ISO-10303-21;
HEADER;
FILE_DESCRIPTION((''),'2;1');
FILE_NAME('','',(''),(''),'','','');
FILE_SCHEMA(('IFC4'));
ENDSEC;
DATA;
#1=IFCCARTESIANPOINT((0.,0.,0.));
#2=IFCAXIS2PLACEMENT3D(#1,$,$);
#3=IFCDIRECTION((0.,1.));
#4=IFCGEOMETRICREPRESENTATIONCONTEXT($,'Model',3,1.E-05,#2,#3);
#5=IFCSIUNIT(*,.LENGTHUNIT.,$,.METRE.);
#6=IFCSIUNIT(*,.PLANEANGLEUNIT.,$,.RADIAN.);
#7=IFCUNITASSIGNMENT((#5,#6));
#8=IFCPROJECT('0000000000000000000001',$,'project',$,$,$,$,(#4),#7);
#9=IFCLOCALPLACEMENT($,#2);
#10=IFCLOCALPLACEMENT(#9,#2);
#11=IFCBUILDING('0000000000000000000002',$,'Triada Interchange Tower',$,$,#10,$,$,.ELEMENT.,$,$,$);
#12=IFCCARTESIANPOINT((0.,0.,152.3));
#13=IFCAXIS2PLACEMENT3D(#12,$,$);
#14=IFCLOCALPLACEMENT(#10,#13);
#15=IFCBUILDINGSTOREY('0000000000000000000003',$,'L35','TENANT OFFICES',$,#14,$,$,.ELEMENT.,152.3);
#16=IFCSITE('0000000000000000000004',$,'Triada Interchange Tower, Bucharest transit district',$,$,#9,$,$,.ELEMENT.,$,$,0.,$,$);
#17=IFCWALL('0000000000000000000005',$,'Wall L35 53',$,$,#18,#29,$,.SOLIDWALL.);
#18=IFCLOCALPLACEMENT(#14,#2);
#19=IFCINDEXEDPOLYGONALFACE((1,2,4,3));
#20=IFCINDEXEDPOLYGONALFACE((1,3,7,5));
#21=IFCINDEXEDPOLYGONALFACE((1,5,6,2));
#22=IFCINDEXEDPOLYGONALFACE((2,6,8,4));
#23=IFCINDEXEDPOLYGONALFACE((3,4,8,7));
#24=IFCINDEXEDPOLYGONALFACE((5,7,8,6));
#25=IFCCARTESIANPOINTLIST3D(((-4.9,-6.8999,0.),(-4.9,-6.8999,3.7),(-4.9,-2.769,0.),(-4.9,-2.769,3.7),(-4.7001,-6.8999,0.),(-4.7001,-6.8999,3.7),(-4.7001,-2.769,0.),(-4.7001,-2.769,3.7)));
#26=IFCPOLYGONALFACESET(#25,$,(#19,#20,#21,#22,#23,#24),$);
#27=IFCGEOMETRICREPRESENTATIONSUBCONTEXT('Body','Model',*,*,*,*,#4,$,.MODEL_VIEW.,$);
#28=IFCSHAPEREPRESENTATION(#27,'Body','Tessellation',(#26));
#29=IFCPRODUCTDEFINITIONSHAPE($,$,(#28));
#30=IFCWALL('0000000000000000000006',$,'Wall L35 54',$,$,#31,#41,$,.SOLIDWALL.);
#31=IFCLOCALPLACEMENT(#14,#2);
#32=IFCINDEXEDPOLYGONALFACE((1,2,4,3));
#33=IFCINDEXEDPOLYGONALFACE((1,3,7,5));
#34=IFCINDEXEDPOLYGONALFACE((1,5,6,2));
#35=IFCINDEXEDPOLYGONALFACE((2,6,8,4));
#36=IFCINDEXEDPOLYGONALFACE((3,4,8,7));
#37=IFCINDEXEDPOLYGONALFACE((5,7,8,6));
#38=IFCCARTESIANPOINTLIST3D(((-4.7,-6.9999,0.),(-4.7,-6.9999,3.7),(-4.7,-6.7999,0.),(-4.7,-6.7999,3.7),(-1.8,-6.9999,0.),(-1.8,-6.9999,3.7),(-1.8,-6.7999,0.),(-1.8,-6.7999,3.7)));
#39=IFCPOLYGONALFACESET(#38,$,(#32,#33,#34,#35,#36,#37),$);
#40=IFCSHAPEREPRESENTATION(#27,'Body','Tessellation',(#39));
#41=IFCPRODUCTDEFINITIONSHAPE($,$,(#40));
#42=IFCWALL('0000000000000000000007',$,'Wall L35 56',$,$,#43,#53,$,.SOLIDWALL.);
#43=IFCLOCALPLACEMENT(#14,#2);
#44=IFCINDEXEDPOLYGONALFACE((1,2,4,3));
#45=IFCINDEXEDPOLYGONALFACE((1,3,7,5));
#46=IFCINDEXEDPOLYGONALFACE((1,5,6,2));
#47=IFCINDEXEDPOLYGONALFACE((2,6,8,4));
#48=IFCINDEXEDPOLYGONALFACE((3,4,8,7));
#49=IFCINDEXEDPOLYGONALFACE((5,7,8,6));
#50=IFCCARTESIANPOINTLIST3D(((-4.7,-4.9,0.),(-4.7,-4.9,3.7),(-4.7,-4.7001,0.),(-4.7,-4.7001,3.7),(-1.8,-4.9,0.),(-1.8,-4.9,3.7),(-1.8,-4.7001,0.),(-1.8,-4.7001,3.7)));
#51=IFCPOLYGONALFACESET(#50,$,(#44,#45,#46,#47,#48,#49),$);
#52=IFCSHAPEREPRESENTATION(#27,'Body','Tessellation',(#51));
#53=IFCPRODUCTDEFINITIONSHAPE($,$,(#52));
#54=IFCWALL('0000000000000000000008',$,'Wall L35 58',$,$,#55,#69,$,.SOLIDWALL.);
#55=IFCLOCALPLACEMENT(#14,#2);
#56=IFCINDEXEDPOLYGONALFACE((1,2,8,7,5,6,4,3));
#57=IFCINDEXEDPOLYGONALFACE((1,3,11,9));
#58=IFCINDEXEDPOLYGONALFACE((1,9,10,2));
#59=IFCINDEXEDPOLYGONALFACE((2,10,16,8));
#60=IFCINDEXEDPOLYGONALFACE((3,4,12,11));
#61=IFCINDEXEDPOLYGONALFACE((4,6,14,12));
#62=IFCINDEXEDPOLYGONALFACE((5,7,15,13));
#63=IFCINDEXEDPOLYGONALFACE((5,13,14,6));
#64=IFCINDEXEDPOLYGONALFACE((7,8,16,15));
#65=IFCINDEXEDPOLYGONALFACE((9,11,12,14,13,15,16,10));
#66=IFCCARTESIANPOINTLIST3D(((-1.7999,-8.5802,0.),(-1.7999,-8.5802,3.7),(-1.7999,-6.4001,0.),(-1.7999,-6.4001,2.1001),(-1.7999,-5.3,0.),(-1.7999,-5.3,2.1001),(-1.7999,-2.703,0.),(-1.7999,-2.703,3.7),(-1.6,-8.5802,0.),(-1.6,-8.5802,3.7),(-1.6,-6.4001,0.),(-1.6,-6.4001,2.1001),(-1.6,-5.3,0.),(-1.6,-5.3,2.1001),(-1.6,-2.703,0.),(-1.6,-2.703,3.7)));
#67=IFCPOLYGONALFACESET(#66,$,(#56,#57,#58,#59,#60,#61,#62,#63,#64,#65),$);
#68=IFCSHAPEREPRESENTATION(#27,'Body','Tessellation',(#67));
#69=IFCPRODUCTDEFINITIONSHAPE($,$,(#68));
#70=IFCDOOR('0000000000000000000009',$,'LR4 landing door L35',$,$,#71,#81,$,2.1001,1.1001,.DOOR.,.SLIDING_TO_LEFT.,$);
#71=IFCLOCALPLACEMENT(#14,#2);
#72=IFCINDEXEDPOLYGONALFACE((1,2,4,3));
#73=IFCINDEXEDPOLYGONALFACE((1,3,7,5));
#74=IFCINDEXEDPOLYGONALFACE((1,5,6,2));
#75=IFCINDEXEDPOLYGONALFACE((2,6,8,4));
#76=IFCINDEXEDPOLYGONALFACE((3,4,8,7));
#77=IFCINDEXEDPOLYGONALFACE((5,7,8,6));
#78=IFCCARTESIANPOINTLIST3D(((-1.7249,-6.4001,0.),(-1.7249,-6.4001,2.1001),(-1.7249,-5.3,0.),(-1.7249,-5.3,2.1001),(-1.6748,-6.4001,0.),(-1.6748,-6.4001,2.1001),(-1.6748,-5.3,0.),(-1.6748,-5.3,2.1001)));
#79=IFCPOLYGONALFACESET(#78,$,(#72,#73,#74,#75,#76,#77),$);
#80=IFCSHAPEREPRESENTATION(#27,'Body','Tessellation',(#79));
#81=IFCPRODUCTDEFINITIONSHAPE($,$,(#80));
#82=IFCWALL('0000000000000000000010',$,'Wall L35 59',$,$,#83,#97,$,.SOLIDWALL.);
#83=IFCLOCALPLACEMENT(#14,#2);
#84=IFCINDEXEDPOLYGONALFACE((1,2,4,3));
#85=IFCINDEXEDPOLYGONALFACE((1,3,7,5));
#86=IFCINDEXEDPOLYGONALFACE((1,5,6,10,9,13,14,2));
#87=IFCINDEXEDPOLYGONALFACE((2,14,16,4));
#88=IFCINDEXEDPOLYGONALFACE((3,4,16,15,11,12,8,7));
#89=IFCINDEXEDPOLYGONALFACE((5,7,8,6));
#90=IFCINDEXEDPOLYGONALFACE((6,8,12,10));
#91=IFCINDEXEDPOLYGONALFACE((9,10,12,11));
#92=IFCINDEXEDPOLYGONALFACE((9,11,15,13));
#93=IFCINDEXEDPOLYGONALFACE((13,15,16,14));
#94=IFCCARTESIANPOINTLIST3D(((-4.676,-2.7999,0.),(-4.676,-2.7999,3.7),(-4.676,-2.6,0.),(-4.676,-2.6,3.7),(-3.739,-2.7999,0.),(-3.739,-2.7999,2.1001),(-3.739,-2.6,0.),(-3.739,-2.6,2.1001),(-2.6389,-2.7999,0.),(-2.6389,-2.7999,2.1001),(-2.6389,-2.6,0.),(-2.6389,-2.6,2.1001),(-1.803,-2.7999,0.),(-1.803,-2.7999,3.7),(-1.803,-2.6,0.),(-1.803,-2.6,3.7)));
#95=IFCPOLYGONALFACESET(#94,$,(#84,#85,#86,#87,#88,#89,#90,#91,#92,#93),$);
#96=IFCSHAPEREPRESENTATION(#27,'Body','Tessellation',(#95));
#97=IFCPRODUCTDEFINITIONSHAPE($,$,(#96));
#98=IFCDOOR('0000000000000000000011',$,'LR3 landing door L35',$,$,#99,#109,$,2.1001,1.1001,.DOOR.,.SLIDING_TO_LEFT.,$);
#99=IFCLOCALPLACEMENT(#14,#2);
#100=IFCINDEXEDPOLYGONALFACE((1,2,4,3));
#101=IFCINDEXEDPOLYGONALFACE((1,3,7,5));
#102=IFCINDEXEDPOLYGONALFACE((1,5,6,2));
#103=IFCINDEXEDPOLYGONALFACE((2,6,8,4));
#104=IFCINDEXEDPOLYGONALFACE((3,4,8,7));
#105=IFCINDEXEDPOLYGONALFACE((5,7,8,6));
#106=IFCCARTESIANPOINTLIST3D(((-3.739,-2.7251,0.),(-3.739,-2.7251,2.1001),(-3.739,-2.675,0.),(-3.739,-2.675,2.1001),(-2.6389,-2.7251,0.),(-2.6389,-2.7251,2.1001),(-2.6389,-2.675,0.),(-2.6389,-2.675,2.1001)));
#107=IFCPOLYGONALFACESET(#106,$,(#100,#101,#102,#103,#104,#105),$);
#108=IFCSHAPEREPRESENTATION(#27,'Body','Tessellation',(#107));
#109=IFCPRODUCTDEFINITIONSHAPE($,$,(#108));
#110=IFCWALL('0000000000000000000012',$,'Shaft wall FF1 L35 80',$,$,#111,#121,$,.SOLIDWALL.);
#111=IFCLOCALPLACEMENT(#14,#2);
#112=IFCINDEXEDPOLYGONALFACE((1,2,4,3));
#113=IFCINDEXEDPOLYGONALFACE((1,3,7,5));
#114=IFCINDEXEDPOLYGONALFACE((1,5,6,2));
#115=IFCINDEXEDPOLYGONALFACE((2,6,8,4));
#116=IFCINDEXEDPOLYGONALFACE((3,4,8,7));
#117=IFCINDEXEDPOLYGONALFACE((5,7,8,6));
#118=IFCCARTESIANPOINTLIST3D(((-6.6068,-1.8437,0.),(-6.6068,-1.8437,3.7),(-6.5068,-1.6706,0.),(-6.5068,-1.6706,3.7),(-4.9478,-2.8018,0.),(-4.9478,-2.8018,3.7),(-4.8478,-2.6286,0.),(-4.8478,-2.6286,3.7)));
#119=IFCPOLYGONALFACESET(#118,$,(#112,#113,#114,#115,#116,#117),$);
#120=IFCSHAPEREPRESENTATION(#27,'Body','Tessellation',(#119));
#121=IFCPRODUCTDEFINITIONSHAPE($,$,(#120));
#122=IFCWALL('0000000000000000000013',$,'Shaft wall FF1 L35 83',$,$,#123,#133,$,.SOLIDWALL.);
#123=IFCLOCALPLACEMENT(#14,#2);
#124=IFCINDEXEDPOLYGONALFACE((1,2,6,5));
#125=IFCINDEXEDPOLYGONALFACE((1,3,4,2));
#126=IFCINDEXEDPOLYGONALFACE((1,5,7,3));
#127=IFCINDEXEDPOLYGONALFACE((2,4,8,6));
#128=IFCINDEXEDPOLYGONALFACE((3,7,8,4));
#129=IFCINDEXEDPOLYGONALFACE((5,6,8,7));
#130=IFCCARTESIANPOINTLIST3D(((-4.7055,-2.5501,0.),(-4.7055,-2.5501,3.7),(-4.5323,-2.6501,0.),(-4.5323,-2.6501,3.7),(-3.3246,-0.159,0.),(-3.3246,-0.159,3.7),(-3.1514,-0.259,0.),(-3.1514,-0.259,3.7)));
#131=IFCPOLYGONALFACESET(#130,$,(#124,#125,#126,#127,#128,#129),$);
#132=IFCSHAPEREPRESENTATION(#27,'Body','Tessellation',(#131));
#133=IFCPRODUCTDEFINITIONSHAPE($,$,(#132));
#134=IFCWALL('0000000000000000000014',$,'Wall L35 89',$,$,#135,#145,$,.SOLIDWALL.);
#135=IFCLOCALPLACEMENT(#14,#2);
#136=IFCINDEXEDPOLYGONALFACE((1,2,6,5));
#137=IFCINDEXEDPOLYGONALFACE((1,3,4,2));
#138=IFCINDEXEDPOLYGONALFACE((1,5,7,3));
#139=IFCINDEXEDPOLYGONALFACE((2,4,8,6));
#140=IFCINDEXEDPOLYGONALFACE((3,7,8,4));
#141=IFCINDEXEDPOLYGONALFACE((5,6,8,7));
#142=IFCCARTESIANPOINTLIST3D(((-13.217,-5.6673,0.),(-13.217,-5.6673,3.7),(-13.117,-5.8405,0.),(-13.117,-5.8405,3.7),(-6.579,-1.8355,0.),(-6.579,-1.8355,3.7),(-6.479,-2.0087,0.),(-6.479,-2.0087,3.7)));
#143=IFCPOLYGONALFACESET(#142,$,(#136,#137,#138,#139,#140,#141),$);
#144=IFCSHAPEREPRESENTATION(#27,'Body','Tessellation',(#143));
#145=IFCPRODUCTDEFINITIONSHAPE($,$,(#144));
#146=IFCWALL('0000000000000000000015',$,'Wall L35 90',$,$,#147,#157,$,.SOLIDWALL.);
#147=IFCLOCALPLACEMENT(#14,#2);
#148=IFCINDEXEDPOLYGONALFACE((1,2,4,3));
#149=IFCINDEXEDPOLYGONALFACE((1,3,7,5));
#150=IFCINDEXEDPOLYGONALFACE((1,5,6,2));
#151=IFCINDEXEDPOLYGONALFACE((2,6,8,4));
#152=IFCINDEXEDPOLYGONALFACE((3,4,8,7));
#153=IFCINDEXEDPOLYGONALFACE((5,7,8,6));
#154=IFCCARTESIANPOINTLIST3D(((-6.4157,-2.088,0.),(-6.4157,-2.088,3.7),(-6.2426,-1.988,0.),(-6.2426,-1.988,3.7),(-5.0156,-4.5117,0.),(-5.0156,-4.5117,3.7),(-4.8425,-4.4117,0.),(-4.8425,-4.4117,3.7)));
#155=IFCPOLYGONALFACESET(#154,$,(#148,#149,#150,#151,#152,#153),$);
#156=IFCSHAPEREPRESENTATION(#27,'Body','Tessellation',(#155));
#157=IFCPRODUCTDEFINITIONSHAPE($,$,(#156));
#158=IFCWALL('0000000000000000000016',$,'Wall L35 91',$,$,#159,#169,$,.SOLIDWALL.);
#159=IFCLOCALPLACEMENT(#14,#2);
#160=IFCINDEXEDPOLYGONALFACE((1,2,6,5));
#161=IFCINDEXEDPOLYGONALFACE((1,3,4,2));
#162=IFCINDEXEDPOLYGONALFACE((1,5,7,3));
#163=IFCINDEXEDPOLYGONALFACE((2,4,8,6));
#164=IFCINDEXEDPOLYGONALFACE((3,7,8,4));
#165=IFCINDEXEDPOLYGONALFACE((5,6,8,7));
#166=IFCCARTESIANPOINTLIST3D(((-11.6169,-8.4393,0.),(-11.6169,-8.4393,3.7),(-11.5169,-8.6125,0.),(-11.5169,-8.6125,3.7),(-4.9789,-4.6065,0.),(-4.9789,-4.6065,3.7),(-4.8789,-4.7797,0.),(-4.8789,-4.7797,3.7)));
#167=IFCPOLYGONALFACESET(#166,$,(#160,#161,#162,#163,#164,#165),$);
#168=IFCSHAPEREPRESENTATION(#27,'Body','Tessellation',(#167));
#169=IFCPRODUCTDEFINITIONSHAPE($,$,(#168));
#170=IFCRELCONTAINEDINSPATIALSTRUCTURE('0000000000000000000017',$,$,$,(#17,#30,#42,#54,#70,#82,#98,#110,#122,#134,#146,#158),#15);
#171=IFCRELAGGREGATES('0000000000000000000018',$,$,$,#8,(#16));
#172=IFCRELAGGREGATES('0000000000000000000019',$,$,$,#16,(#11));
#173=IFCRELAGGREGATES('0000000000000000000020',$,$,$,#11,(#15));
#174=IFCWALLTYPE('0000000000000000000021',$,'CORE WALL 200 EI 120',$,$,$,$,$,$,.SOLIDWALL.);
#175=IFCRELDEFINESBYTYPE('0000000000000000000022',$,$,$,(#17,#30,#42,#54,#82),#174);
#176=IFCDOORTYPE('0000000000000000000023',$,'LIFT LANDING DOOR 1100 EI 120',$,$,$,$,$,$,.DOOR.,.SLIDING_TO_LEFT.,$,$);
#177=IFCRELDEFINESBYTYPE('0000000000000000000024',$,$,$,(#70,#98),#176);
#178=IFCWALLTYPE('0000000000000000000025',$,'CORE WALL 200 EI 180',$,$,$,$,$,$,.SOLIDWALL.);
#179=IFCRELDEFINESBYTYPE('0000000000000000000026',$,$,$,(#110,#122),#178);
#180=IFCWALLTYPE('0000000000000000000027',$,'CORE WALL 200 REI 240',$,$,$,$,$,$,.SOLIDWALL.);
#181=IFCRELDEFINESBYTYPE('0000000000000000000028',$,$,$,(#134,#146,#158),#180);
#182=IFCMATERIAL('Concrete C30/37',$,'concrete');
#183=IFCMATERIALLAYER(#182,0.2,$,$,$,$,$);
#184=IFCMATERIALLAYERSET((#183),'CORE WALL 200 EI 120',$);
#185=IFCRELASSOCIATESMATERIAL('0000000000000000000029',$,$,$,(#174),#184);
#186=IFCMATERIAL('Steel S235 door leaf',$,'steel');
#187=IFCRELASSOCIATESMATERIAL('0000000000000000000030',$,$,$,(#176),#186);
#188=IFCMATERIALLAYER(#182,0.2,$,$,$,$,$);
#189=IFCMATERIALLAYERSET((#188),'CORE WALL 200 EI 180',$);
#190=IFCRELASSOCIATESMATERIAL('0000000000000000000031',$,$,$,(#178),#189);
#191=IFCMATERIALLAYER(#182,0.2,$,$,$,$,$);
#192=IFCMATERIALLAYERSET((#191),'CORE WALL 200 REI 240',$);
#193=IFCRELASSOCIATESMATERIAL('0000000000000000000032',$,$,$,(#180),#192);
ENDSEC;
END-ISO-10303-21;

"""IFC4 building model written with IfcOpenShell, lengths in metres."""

from ifc_helpers import new_model, si_unit, direction, frame, frame_2d, origin, place, context, subcontext, project, spatial, rectangle, extrude, material, layer, layer_set, type_object, element, fill, save


model = new_model("IFC4")

# Units and contexts
model_context = context("Model", 3, precision=1e-05, world=origin(), true_north=direction((0.0, 1.0)))
body_context = subcontext(model_context, "Body", "Model", "MODEL_VIEW")
ifc_project = project(units=[si_unit("LENGTHUNIT", "METRE"), si_unit("PLANEANGLEUNIT", "RADIAN")], contexts=[model_context])

# Site, building, storey
site_placement = place(None, origin())
site = spatial("IfcSite", under=ifc_project, at=site_placement, Name="Triada Interchange Tower, Bucharest transit district", CompositionType="ELEMENT", RefElevation=0.0)
building_placement = place(site_placement, origin())
building = spatial("IfcBuilding", under=site, at=building_placement, Name="Triada Interchange Tower", CompositionType="ELEMENT")
storey_placement = place(building_placement, frame((0.0, 0.0, 152.3)))
storey = spatial("IfcBuildingStorey", under=building, at=storey_placement, Name="L35", Description="TENANT OFFICES", CompositionType="ELEMENT", Elevation=152.3)

# Walls
ifc_material_1 = material(Name="Concrete C30/37", Category="concrete")
ifc_layer_1 = layer(ifc_material_1, 0.2)
ifc_layer_set_1 = layer_set([ifc_layer_1], Name="CORE WALL 200 EI 120")
wall_type_1 = type_object("IfcWallType", Name="CORE WALL 200 EI 120", PredefinedType="SOLIDWALL", material=ifc_layer_set_1)
wall_1_placement = place(storey_placement, frame((-4.8, -6.8999, 0.0), z_axis=(0.0, 0.0, 1.0), x_axis=(0.0, 1.0, 0.0)))
element("IfcWall", 1, at=wall_1_placement, inside=storey, type_object=wall_type_1, Name="Wall L35 53", PredefinedType="SOLIDWALL", context=body_context, shape_type="SweptSolid", body=[
    extrude(rectangle(XDim=4.1309, YDim=0.2, at=frame_2d((2.0654, 0.0))), origin(), (0.0, 0.0, 1.0), 3.7),
])
for number, where, z_axis, x_axis, name in (
    (2, (-4.7, -6.8999, 0.0), (0.0, 0.0, 1.0), (1.0, 0.0, 0.0), "Wall L35 54"),
    (3, (-4.7, -4.8, 0.0), (0.0, 0.0, 1.0), (1.0, 0.0, 0.0), "Wall L35 56"),
):
    element("IfcWall", number, at=place(storey_placement, frame(where, z_axis=z_axis, x_axis=x_axis)), inside=storey, type_object=wall_type_1, Name=name, PredefinedType="SOLIDWALL", context=body_context, shape_type="SweptSolid", body=[
        extrude(rectangle(XDim=2.8999, YDim=0.2, at=frame_2d((1.45, 0.0))), origin(), (0.0, 0.0, 1.0), 3.7),
    ])

# Walls, openings, doors
wall_2_placement = place(storey_placement, frame((-1.7, -8.5801, 0.0), z_axis=(0.0, 0.0, 1.0), x_axis=(0.0, 1.0, 0.0)))
wall_2 = element("IfcWall", 4, at=wall_2_placement, inside=storey, type_object=wall_type_1, Name="Wall L35 58", PredefinedType="SOLIDWALL", context=body_context, shape_type="SweptSolid", body=[
    extrude(rectangle(XDim=5.8772, YDim=0.2, at=frame_2d((2.9385, 0.0))), origin(), (0.0, 0.0, 1.0), 3.7),
])
opening_1_placement = place(wall_2_placement, frame((2.1799, 0.0, 0.0)))
opening_1 = element("IfcOpeningElement", 5, at=opening_1_placement, cuts=wall_2, PredefinedType="OPENING", context=body_context, shape_type="SweptSolid", body=[
    extrude(rectangle(XDim=1.1001, YDim=2.1001, at=frame_2d((0.55, 1.05))), frame((0.0, 0.1099, 0.0), z_axis=(0.0, -1.0, 0.0), x_axis=(1.0, 0.0, 0.0)), (0.0, 0.0, 1.0), 0.22),
])
ifc_material_2 = material(Name="Steel S235 door leaf", Category="steel")
door_type_1 = type_object("IfcDoorType", Name="LIFT LANDING DOOR 1100 EI 120", OperationType="SLIDING_TO_LEFT", PredefinedType="DOOR", material=ifc_material_2)
door_1_placement = place(opening_1_placement, origin())
door_1 = element("IfcDoor", 6, at=door_1_placement, inside=storey, type_object=door_type_1, Name="LR4 landing door L35", OperationType="SLIDING_TO_LEFT", OverallHeight=2.1001, OverallWidth=1.1001, PredefinedType="DOOR", context=body_context, shape_type="SweptSolid", body=[
    extrude(rectangle(XDim=1.1001, YDim=2.1001, at=frame_2d((0.55, 1.05))), frame((0.0, 0.0249, 0.0), z_axis=(0.0, -1.0, 0.0), x_axis=(1.0, 0.0, 0.0)), (0.0, 0.0, 1.0), 0.05),
])
fill(opening_1, door_1)
wall_3_placement = place(storey_placement, frame((-4.676, -2.7, 0.0), z_axis=(0.0, 0.0, 1.0), x_axis=(1.0, 0.0, 0.0)))
wall_3 = element("IfcWall", 7, at=wall_3_placement, inside=storey, type_object=wall_type_1, Name="Wall L35 59", PredefinedType="SOLIDWALL", context=body_context, shape_type="SweptSolid", body=[
    extrude(rectangle(XDim=2.873, YDim=0.2, at=frame_2d((1.4365, 0.0))), origin(), (0.0, 0.0, 1.0), 3.7),
])
opening_2_placement = place(wall_3_placement, frame((0.937, 0.0, 0.0)))
opening_2 = element("IfcOpeningElement", 8, at=opening_2_placement, cuts=wall_3, PredefinedType="OPENING", context=body_context, shape_type="SweptSolid", body=[
    extrude(rectangle(XDim=1.1001, YDim=2.1001, at=frame_2d((0.55, 1.05))), frame((0.0, 0.1099, 0.0), z_axis=(0.0, -1.0, 0.0), x_axis=(1.0, 0.0, 0.0)), (0.0, 0.0, 1.0), 0.22),
])
door_2_placement = place(opening_2_placement, origin())
door_2 = element("IfcDoor", 9, at=door_2_placement, inside=storey, type_object=door_type_1, Name="LR3 landing door L35", OperationType="SLIDING_TO_LEFT", OverallHeight=2.1001, OverallWidth=1.1001, PredefinedType="DOOR", context=body_context, shape_type="SweptSolid", body=[
    extrude(rectangle(XDim=1.1001, YDim=2.1001, at=frame_2d((0.55, 1.05))), frame((0.0, 0.0249, 0.0), z_axis=(0.0, -1.0, 0.0), x_axis=(1.0, 0.0, 0.0)), (0.0, 0.0, 1.0), 0.05),
])
fill(opening_2, door_2)

# Walls
ifc_layer_2 = layer(ifc_material_1, 0.2)
ifc_layer_set_2 = layer_set([ifc_layer_2], Name="CORE WALL 200 EI 180")
wall_type_2 = type_object("IfcWallType", Name="CORE WALL 200 EI 180", PredefinedType="SOLIDWALL", material=ifc_layer_set_2)
wall_4_placement = place(storey_placement, frame((-6.5569, -1.7571, 0.0), z_axis=(0.0, 0.0, 1.0), x_axis=(0.865975, -0.500086, 0.0)))
element("IfcWall", 10, at=wall_4_placement, inside=storey, type_object=wall_type_2, Name="Shaft wall FF1 L35 80", PredefinedType="SOLIDWALL", context=body_context, shape_type="SweptSolid", body=[
    extrude(rectangle(XDim=1.9158, YDim=0.2, at=frame_2d((0.958, 0.0))), origin(), (0.0, 0.0, 1.0), 3.7),
])
wall_5_placement = place(storey_placement, frame((-4.6189, -2.6001, 0.0), z_axis=(0.0, 0.0, 1.0), x_axis=(0.500095, 0.865971, 0.0)))
element("IfcWall", 11, at=wall_5_placement, inside=storey, type_object=wall_type_2, Name="Shaft wall FF1 L35 83", PredefinedType="SOLIDWALL", context=body_context, shape_type="SweptSolid", body=[
    extrude(rectangle(XDim=2.7612, YDim=0.2, at=frame_2d((1.3806, 0.0))), origin(), (0.0, 0.0, 1.0), 3.7),
])
ifc_layer_3 = layer(ifc_material_1, 0.2)
ifc_layer_set_3 = layer_set([ifc_layer_3], Name="CORE WALL 200 REI 240")
wall_type_3 = type_object("IfcWallType", Name="CORE WALL 200 REI 240", PredefinedType="SOLIDWALL", material=ifc_layer_set_3)
wall_6_placement = place(storey_placement, frame((-13.167, -5.7539, 0.0), z_axis=(0.0, 0.0, 1.0), x_axis=(0.866061, 0.499938, 0.0)))
element("IfcWall", 12, at=wall_6_placement, inside=storey, type_object=wall_type_3, Name="Wall L35 89", PredefinedType="SOLIDWALL", context=body_context, shape_type="SweptSolid", body=[
    extrude(rectangle(XDim=7.6646, YDim=0.2, at=frame_2d((3.8323, 0.0))), origin(), (0.0, 0.0, 1.0), 3.7),
])
wall_7_placement = place(storey_placement, frame((-6.3291, -2.0381, 0.0), z_axis=(0.0, 0.0, 1.0), x_axis=(0.500201, -0.86591, 0.0)))
element("IfcWall", 13, at=wall_7_placement, inside=storey, type_object=wall_type_3, Name="Wall L35 90", PredefinedType="SOLIDWALL", context=body_context, shape_type="SweptSolid", body=[
    extrude(rectangle(XDim=2.7991, YDim=0.2, at=frame_2d((1.3994, 0.0))), origin(), (0.0, 0.0, 1.0), 3.7),
])
wall_8_placement = place(storey_placement, frame((-11.5669, -8.5259, 0.0), z_axis=(0.0, 0.0, 1.0), x_axis=(0.866006, 0.500034, 0.0)))
element("IfcWall", 14, at=wall_8_placement, inside=storey, type_object=wall_type_3, Name="Wall L35 91", PredefinedType="SOLIDWALL", context=body_context, shape_type="SweptSolid", body=[
    extrude(rectangle(XDim=7.665, YDim=0.2, at=frame_2d((3.8325, 0.0))), origin(), (0.0, 0.0, 1.0), 3.7),
])

save(model, "model.ifc")
